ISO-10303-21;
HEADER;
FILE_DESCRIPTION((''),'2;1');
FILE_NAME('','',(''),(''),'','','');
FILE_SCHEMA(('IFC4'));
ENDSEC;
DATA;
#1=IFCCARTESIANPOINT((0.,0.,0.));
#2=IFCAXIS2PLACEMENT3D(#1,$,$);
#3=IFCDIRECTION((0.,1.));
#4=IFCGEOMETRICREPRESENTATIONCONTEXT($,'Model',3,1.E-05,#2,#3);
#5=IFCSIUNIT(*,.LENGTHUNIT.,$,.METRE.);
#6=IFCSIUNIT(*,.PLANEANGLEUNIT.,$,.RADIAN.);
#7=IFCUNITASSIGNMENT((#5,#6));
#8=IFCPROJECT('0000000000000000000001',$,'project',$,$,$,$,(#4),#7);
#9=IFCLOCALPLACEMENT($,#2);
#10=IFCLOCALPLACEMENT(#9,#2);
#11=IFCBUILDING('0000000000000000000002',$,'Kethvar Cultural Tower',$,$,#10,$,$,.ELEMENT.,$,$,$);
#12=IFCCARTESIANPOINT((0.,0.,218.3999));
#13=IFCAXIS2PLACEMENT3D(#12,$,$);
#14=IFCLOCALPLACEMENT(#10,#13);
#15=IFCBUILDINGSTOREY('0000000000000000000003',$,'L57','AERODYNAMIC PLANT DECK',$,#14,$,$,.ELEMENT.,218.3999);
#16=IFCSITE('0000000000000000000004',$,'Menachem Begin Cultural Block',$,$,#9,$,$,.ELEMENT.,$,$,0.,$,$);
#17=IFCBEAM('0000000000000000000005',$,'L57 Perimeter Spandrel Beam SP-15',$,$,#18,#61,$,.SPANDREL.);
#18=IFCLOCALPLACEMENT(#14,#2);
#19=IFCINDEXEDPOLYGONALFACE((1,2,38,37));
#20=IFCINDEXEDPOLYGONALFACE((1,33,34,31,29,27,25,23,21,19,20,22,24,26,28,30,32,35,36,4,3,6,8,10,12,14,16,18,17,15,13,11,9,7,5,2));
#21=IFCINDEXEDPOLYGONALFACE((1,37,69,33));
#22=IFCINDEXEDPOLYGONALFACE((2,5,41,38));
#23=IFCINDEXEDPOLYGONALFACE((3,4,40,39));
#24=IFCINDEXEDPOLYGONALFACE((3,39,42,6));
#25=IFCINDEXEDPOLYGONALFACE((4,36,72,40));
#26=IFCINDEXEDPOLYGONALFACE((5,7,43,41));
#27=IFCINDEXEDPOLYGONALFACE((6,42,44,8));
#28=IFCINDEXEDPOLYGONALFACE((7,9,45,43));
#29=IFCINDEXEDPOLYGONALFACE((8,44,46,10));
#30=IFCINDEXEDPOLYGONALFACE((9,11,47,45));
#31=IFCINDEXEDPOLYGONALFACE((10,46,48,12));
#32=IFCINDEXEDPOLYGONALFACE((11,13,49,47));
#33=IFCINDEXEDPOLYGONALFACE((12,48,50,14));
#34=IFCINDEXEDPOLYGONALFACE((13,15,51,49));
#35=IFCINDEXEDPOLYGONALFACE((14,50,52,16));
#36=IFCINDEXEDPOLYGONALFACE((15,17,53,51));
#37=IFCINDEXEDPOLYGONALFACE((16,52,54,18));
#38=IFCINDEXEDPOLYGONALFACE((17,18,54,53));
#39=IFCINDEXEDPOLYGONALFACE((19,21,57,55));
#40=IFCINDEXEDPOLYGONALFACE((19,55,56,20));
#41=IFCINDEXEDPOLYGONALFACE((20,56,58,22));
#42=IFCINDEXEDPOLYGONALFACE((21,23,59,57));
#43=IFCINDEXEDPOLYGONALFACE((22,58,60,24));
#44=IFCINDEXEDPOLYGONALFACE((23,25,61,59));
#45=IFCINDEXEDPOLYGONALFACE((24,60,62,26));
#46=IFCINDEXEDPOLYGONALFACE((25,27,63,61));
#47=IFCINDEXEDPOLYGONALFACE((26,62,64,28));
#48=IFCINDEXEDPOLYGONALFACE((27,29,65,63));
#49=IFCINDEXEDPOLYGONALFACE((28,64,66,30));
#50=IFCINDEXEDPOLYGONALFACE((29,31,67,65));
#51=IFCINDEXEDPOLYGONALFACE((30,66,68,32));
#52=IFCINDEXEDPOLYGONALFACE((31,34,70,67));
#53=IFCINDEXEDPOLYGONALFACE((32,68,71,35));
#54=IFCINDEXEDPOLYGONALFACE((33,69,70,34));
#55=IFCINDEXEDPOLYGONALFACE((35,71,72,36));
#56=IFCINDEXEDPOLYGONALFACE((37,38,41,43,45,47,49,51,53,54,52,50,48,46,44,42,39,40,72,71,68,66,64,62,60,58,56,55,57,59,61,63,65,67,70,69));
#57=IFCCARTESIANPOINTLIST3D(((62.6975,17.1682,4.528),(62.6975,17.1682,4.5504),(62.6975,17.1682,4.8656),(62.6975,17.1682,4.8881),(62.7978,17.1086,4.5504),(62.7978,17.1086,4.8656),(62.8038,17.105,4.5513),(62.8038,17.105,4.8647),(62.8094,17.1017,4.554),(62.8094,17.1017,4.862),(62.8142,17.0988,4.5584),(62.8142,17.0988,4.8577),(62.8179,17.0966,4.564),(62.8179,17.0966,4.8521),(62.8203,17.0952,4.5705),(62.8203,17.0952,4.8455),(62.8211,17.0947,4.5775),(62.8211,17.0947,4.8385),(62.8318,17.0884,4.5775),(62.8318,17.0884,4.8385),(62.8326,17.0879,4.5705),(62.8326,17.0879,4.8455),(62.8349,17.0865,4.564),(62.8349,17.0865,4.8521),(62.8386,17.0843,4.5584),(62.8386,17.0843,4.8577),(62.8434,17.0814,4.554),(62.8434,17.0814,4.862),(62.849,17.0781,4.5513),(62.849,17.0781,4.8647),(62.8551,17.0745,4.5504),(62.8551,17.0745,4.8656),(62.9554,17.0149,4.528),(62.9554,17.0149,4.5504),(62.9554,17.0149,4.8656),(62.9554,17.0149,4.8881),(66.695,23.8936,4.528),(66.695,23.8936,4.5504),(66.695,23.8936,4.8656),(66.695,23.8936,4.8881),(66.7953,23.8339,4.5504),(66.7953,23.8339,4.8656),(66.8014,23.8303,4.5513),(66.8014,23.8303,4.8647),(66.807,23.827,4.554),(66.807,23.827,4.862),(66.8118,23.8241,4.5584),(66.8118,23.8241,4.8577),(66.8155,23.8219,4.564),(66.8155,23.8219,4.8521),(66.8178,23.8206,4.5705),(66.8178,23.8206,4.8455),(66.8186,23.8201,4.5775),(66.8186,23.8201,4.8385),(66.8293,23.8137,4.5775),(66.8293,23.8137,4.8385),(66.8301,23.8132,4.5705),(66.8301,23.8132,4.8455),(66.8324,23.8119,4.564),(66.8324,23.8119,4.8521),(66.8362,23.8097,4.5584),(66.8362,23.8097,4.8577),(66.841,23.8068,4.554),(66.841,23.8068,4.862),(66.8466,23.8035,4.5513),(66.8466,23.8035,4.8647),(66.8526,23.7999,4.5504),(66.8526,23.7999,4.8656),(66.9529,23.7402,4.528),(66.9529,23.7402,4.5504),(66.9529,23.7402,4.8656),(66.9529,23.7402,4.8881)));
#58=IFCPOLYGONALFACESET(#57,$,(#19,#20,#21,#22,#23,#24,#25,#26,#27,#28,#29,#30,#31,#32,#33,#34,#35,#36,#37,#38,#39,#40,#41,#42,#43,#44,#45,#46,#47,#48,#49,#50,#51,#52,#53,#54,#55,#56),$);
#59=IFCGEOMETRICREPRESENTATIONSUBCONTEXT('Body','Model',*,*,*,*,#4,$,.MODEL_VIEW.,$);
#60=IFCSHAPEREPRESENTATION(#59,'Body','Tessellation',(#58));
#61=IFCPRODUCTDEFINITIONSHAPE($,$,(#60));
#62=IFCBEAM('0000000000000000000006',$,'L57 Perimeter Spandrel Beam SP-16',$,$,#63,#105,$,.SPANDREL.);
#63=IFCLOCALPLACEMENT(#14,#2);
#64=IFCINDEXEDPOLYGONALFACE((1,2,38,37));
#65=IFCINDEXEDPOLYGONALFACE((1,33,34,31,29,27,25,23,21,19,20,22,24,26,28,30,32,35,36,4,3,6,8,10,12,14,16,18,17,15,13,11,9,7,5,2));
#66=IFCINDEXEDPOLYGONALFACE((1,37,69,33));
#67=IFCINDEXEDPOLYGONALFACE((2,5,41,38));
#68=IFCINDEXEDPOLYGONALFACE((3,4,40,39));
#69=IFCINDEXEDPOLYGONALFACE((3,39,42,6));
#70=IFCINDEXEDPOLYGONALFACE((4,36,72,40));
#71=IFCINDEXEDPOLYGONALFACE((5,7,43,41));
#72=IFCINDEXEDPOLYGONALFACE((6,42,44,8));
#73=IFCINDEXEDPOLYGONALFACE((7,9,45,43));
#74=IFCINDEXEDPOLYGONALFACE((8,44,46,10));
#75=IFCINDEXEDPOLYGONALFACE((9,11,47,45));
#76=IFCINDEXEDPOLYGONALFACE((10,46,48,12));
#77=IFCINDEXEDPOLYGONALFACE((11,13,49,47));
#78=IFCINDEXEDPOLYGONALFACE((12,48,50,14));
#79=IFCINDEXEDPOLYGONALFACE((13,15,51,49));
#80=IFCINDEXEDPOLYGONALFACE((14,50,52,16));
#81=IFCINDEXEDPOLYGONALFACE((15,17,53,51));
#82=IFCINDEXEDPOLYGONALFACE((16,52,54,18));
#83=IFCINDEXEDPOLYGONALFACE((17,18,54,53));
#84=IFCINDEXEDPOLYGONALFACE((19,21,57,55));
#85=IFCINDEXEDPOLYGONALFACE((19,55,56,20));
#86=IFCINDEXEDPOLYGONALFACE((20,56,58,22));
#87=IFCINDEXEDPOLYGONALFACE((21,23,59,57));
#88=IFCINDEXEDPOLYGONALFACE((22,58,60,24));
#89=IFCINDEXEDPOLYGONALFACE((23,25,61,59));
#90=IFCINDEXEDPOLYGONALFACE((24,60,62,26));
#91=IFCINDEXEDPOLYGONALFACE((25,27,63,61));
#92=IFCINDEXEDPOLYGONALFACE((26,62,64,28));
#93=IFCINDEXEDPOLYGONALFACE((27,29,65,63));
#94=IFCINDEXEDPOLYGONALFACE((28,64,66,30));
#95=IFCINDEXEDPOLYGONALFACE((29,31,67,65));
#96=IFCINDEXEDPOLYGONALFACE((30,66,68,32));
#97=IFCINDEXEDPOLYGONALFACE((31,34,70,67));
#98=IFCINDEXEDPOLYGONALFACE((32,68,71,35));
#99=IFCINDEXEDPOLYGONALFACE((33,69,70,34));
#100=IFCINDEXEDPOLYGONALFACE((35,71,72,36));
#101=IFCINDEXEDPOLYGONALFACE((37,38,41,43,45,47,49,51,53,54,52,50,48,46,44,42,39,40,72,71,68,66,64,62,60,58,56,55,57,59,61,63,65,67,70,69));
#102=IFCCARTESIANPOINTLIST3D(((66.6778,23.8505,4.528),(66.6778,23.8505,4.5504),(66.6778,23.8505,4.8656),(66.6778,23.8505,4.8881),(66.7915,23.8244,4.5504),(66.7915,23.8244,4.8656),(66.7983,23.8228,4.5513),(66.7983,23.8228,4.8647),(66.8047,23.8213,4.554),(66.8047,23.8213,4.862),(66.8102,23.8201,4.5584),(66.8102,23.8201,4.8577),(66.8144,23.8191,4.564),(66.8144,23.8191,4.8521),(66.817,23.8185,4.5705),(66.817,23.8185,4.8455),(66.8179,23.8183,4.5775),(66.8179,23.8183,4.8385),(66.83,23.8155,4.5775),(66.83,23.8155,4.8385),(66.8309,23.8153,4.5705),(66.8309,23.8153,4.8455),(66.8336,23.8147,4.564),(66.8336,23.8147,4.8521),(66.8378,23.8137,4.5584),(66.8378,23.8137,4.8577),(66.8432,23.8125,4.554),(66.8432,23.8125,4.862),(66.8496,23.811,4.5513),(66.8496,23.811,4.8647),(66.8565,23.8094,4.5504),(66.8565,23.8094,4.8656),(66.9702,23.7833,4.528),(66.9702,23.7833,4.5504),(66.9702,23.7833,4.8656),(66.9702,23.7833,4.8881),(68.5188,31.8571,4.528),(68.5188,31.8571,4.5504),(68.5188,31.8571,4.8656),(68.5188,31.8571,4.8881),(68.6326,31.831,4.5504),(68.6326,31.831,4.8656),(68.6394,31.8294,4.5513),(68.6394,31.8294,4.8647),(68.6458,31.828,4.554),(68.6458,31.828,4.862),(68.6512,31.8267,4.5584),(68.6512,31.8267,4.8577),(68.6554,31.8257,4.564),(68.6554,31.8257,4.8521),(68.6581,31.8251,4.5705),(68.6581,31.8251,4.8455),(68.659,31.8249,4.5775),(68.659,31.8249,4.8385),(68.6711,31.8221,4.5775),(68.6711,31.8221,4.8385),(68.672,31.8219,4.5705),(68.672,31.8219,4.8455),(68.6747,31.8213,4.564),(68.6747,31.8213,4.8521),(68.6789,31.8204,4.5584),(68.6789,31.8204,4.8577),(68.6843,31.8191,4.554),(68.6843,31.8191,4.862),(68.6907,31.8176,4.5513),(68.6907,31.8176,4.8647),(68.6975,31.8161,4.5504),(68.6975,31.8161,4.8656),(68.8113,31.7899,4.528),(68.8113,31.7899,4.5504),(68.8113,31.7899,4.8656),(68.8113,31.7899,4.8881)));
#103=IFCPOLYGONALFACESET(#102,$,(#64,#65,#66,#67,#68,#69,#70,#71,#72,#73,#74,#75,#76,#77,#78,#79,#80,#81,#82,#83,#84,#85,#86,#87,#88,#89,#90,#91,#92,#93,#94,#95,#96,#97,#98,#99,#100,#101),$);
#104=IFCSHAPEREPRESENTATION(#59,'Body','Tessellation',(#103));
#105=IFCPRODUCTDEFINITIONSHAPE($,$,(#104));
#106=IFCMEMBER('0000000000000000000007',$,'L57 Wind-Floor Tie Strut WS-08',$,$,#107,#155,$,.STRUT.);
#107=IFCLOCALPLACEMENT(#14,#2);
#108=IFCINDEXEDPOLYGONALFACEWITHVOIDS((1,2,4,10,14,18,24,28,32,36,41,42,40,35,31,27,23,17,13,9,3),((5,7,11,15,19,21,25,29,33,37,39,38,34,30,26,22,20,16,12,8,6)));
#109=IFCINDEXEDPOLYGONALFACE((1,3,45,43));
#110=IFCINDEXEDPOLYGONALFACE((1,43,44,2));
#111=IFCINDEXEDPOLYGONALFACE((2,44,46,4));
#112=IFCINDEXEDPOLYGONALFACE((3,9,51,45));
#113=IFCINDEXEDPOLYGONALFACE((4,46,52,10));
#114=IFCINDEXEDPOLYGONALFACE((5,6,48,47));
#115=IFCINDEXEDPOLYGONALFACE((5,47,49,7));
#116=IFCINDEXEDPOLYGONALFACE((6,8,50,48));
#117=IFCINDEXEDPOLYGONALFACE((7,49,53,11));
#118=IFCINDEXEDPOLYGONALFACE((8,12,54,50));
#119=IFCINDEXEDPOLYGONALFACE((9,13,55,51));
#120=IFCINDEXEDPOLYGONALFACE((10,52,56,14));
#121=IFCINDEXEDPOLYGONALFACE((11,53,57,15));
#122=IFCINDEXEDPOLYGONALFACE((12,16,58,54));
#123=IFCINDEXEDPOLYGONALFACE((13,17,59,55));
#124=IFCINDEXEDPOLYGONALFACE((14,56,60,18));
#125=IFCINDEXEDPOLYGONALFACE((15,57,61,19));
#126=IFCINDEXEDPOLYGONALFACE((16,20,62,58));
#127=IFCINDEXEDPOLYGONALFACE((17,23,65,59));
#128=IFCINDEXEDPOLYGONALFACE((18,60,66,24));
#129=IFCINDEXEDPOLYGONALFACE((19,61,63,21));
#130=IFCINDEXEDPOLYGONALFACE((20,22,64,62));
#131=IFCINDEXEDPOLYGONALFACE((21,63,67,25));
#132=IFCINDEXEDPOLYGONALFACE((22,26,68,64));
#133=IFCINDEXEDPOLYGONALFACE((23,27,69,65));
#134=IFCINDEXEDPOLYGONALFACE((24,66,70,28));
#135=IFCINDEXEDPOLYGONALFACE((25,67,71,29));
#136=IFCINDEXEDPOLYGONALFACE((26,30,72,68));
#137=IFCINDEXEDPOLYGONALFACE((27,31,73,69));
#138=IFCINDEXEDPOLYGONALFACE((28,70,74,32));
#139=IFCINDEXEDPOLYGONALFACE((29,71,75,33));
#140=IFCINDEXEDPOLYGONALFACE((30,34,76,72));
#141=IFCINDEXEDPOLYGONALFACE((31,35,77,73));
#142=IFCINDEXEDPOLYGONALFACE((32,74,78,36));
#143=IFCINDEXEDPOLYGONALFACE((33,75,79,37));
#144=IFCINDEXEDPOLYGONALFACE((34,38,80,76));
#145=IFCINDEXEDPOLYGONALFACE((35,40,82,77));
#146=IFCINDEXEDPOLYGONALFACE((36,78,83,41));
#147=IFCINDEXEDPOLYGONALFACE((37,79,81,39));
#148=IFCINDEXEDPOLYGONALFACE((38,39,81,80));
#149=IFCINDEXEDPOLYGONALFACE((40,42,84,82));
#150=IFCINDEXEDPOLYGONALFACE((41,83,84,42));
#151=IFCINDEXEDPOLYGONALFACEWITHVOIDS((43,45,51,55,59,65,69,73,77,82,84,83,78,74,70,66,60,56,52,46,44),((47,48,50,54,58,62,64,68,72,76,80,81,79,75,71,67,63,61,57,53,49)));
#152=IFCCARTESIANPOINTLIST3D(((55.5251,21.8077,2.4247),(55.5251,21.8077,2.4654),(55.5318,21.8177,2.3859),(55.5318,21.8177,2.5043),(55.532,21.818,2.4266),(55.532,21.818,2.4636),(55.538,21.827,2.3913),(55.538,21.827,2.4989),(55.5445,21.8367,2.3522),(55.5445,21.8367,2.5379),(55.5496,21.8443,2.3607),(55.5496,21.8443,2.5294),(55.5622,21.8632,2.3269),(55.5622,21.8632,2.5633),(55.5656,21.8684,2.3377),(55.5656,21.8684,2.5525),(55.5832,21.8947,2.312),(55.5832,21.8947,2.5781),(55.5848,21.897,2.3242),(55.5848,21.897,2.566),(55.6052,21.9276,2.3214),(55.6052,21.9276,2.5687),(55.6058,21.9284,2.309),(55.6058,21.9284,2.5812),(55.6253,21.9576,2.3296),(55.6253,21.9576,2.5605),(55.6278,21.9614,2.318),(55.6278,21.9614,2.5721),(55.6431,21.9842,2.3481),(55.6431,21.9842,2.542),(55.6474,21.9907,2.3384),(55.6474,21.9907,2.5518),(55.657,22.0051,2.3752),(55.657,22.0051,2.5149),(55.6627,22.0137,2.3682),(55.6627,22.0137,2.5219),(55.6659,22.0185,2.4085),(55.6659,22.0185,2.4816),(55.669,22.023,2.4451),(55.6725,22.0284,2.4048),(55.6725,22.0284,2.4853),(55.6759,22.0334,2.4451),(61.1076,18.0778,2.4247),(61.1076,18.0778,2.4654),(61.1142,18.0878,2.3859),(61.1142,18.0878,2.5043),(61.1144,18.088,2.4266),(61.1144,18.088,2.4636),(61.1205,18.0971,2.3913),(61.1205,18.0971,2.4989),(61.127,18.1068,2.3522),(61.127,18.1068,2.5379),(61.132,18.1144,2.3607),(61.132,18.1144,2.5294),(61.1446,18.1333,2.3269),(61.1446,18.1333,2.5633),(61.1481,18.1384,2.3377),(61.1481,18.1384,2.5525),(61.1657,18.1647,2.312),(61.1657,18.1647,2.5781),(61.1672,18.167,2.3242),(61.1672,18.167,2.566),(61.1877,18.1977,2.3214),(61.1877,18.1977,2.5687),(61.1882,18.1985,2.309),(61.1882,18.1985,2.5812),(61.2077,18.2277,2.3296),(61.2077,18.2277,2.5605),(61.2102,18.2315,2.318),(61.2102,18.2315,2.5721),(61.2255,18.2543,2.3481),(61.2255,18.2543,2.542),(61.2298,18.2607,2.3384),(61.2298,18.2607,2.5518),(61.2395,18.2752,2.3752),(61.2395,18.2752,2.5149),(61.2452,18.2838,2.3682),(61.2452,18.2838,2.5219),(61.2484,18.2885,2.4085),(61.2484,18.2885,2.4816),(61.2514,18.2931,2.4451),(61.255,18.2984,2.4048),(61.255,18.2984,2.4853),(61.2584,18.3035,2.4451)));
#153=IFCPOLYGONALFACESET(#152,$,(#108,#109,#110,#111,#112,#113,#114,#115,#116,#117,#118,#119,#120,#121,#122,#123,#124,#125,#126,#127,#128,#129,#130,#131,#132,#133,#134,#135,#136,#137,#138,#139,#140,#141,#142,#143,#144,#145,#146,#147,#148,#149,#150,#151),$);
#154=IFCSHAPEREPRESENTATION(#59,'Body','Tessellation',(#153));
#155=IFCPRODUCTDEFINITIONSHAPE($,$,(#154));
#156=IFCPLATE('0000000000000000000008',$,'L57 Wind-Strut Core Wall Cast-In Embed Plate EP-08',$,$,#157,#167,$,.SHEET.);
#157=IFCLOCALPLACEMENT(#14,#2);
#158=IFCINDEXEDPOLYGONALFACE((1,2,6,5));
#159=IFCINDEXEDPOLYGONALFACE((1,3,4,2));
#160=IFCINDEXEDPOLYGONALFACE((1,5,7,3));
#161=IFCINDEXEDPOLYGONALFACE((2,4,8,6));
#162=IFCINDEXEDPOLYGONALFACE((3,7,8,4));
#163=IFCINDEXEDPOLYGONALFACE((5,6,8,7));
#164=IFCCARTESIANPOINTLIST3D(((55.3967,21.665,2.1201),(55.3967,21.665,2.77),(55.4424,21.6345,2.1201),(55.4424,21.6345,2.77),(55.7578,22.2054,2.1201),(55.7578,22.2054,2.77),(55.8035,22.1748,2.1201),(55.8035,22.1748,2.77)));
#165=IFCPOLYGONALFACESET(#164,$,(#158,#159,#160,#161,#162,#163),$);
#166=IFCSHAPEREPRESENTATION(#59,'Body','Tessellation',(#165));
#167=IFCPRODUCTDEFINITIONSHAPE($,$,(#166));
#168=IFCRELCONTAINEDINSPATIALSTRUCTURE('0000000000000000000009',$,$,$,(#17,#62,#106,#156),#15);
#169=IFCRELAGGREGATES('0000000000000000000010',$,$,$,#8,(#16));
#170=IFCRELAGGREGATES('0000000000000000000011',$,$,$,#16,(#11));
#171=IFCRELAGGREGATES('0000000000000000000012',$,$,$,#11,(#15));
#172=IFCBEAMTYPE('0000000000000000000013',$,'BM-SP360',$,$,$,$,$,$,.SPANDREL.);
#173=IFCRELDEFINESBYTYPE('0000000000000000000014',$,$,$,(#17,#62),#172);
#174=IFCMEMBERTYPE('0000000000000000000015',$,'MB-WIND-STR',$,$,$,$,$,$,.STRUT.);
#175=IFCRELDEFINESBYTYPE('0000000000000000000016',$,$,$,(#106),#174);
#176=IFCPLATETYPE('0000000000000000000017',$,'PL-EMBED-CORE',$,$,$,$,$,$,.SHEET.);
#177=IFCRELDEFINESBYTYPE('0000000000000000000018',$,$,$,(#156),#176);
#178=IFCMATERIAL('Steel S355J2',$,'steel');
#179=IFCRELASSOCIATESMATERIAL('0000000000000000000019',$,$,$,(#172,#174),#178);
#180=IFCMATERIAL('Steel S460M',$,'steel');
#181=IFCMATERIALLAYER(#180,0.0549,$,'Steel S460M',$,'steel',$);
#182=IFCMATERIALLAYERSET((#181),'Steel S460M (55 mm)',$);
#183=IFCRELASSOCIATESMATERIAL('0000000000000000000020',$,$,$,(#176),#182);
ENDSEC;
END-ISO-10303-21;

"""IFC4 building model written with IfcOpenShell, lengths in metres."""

from ifc_helpers import new_model, si_unit, direction, frame, origin, origin_2d, place, context, subcontext, project, spatial, rectangle, hollow_circle, i_section, extrude, source, transform, mapped, material, layer, layer_set, material_profile, profile_set, type_object, element, save


model = new_model("IFC4")

# Units and contexts
model_context = context("Model", 3, precision=1e-05, world=origin(), true_north=direction((0.0, 1.0)))
body_context = subcontext(model_context, "Body", "Model", "MODEL_VIEW")
ifc_project = project(units=[si_unit("LENGTHUNIT", "METRE"), si_unit("PLANEANGLEUNIT", "RADIAN")], contexts=[model_context])

# Site, building, storey
site_placement = place(None, origin())
site = spatial("IfcSite", under=ifc_project, at=site_placement, Name="Menachem Begin Cultural Block", CompositionType="ELEMENT", RefElevation=0.0)
building_placement = place(site_placement, origin())
building = spatial("IfcBuilding", under=site, at=building_placement, Name="Kethvar Cultural Tower", CompositionType="ELEMENT")
storey_placement = place(building_placement, frame((0.0, 0.0, 218.3999)))
storey = spatial("IfcBuildingStorey", under=building, at=storey_placement, Name="L57", Description="AERODYNAMIC PLANT DECK", CompositionType="ELEMENT", Elevation=218.3999)

# Shared definitions
ifc_material_1 = material(Name="Steel S460M", Category="steel")

# Beams
ifc_material_2 = material(Name="Steel S355J2", Category="steel")
ifc_material_profile_1 = material_profile(ifc_material_2, i_section(OverallWidth=0.3, OverallDepth=0.3601, WebThickness=0.0125, FlangeThickness=0.0225, FilletRadius=0.0271, at=origin_2d()), Name="Steel S355J2 — HEB360")
ifc_profile_set_1 = profile_set([ifc_material_profile_1], Name="Steel S355J2 — HEB360")
beam_type_1 = type_object("IfcBeamType", Name="BM-SP360", PredefinedType="SPANDREL", material=ifc_profile_set_1)
shared_shape_1 = source(origin(), body_context, "Body", "SweptSolid", [
    extrude(i_section(OverallWidth=0.3, OverallDepth=0.3601, WebThickness=0.0125, FlangeThickness=0.0225, FilletRadius=0.0271, at=origin_2d()), origin(), (0.0, 0.0, 1.0), 7.8237),
])
beam_1_placement = place(storey_placement, frame((62.8264, 17.0916, 4.708), z_axis=(0.510953, 0.859608, 0.0), x_axis=(-0.859608, 0.510953, 0.0)))
element("IfcBeam", 1, at=beam_1_placement, inside=storey, type_object=beam_type_1, Name="L57 Perimeter Spandrel Beam SP-15", PredefinedType="SPANDREL", context=body_context, shape_type="MappedRepresentation", body=[
    mapped(shared_shape_1, transform((0.0, 0.0, 0.0), scale=1.0)),
])
shared_shape_2 = source(origin(), body_context, "Body", "SweptSolid", [
    extrude(i_section(OverallWidth=0.3, OverallDepth=0.3601, WebThickness=0.0125, FlangeThickness=0.0225, FilletRadius=0.0271, at=origin_2d()), origin(), (0.0, 0.0, 1.0), 8.2156),
])
beam_2_placement = place(storey_placement, frame((66.824, 23.8169, 4.708), z_axis=(0.224095, 0.974567, 0.0), x_axis=(-0.974567, 0.224095, 0.0)))
element("IfcBeam", 2, at=beam_2_placement, inside=storey, type_object=beam_type_1, Name="L57 Perimeter Spandrel Beam SP-16", PredefinedType="SPANDREL", context=body_context, shape_type="MappedRepresentation", body=[
    mapped(shared_shape_2, transform((0.0, 0.0, 0.0), scale=1.0)),
])

# Member
ifc_material_profile_2 = material_profile(ifc_material_2, hollow_circle(Radius=0.1365, WallThickness=0.0125, at=origin_2d()), Name="Steel S355J2 — CHS273x12.5")
ifc_profile_set_2 = profile_set([ifc_material_profile_2], Name="Steel S355J2 — CHS273x12.5")
member_type = type_object("IfcMemberType", Name="MB-WIND-STR", PredefinedType="STRUT", material=ifc_profile_set_2)
shared_shape_3 = source(origin(), body_context, "Body", "SweptSolid", [
    extrude(hollow_circle(Radius=0.1365, WallThickness=0.0125, at=origin_2d()), origin(), (0.0, 0.0, 1.0), 6.7139),
])
member_placement = place(storey_placement, frame((55.6001, 21.9199, 2.4451), z_axis=(0.831479, -0.555556, 0.0), x_axis=(0.555556, 0.831479, 0.0)))
element("IfcMember", 3, at=member_placement, inside=storey, type_object=member_type, Name="L57 Wind-Floor Tie Strut WS-08", PredefinedType="STRUT", context=body_context, shape_type="MappedRepresentation", body=[
    mapped(shared_shape_3, transform((0.0, 0.0, 0.0), scale=1.0)),
])

# Plate
ifc_layer_1 = layer(ifc_material_1, 0.0549, Name="Steel S460M", Category="steel")
ifc_layer_set_1 = layer_set([ifc_layer_1], Name="Steel S460M (55 mm)")
plate_type = type_object("IfcPlateType", Name="PL-EMBED-CORE", PredefinedType="SHEET", material=ifc_layer_set_1)
shared_shape_4 = source(origin(), body_context, "Body", "SweptSolid", [
    extrude(rectangle(XDim=0.0549, YDim=0.6499, at=origin_2d()), origin(), (0.0, 0.0, 1.0), 0.6499),
])
plate_placement = place(storey_placement, frame((55.6001, 21.9199, 2.1201), z_axis=(0.0, 0.0, 1.0), x_axis=(0.83147, -0.55557, 0.0)))
element("IfcPlate", 4, at=plate_placement, inside=storey, type_object=plate_type, Name="L57 Wind-Strut Core Wall Cast-In Embed Plate EP-08", PredefinedType="SHEET", context=body_context, shape_type="MappedRepresentation", body=[
    mapped(shared_shape_4, transform((0.0, 0.0, 0.0), scale=1.0)),
])

save(model, "model.ifc")
